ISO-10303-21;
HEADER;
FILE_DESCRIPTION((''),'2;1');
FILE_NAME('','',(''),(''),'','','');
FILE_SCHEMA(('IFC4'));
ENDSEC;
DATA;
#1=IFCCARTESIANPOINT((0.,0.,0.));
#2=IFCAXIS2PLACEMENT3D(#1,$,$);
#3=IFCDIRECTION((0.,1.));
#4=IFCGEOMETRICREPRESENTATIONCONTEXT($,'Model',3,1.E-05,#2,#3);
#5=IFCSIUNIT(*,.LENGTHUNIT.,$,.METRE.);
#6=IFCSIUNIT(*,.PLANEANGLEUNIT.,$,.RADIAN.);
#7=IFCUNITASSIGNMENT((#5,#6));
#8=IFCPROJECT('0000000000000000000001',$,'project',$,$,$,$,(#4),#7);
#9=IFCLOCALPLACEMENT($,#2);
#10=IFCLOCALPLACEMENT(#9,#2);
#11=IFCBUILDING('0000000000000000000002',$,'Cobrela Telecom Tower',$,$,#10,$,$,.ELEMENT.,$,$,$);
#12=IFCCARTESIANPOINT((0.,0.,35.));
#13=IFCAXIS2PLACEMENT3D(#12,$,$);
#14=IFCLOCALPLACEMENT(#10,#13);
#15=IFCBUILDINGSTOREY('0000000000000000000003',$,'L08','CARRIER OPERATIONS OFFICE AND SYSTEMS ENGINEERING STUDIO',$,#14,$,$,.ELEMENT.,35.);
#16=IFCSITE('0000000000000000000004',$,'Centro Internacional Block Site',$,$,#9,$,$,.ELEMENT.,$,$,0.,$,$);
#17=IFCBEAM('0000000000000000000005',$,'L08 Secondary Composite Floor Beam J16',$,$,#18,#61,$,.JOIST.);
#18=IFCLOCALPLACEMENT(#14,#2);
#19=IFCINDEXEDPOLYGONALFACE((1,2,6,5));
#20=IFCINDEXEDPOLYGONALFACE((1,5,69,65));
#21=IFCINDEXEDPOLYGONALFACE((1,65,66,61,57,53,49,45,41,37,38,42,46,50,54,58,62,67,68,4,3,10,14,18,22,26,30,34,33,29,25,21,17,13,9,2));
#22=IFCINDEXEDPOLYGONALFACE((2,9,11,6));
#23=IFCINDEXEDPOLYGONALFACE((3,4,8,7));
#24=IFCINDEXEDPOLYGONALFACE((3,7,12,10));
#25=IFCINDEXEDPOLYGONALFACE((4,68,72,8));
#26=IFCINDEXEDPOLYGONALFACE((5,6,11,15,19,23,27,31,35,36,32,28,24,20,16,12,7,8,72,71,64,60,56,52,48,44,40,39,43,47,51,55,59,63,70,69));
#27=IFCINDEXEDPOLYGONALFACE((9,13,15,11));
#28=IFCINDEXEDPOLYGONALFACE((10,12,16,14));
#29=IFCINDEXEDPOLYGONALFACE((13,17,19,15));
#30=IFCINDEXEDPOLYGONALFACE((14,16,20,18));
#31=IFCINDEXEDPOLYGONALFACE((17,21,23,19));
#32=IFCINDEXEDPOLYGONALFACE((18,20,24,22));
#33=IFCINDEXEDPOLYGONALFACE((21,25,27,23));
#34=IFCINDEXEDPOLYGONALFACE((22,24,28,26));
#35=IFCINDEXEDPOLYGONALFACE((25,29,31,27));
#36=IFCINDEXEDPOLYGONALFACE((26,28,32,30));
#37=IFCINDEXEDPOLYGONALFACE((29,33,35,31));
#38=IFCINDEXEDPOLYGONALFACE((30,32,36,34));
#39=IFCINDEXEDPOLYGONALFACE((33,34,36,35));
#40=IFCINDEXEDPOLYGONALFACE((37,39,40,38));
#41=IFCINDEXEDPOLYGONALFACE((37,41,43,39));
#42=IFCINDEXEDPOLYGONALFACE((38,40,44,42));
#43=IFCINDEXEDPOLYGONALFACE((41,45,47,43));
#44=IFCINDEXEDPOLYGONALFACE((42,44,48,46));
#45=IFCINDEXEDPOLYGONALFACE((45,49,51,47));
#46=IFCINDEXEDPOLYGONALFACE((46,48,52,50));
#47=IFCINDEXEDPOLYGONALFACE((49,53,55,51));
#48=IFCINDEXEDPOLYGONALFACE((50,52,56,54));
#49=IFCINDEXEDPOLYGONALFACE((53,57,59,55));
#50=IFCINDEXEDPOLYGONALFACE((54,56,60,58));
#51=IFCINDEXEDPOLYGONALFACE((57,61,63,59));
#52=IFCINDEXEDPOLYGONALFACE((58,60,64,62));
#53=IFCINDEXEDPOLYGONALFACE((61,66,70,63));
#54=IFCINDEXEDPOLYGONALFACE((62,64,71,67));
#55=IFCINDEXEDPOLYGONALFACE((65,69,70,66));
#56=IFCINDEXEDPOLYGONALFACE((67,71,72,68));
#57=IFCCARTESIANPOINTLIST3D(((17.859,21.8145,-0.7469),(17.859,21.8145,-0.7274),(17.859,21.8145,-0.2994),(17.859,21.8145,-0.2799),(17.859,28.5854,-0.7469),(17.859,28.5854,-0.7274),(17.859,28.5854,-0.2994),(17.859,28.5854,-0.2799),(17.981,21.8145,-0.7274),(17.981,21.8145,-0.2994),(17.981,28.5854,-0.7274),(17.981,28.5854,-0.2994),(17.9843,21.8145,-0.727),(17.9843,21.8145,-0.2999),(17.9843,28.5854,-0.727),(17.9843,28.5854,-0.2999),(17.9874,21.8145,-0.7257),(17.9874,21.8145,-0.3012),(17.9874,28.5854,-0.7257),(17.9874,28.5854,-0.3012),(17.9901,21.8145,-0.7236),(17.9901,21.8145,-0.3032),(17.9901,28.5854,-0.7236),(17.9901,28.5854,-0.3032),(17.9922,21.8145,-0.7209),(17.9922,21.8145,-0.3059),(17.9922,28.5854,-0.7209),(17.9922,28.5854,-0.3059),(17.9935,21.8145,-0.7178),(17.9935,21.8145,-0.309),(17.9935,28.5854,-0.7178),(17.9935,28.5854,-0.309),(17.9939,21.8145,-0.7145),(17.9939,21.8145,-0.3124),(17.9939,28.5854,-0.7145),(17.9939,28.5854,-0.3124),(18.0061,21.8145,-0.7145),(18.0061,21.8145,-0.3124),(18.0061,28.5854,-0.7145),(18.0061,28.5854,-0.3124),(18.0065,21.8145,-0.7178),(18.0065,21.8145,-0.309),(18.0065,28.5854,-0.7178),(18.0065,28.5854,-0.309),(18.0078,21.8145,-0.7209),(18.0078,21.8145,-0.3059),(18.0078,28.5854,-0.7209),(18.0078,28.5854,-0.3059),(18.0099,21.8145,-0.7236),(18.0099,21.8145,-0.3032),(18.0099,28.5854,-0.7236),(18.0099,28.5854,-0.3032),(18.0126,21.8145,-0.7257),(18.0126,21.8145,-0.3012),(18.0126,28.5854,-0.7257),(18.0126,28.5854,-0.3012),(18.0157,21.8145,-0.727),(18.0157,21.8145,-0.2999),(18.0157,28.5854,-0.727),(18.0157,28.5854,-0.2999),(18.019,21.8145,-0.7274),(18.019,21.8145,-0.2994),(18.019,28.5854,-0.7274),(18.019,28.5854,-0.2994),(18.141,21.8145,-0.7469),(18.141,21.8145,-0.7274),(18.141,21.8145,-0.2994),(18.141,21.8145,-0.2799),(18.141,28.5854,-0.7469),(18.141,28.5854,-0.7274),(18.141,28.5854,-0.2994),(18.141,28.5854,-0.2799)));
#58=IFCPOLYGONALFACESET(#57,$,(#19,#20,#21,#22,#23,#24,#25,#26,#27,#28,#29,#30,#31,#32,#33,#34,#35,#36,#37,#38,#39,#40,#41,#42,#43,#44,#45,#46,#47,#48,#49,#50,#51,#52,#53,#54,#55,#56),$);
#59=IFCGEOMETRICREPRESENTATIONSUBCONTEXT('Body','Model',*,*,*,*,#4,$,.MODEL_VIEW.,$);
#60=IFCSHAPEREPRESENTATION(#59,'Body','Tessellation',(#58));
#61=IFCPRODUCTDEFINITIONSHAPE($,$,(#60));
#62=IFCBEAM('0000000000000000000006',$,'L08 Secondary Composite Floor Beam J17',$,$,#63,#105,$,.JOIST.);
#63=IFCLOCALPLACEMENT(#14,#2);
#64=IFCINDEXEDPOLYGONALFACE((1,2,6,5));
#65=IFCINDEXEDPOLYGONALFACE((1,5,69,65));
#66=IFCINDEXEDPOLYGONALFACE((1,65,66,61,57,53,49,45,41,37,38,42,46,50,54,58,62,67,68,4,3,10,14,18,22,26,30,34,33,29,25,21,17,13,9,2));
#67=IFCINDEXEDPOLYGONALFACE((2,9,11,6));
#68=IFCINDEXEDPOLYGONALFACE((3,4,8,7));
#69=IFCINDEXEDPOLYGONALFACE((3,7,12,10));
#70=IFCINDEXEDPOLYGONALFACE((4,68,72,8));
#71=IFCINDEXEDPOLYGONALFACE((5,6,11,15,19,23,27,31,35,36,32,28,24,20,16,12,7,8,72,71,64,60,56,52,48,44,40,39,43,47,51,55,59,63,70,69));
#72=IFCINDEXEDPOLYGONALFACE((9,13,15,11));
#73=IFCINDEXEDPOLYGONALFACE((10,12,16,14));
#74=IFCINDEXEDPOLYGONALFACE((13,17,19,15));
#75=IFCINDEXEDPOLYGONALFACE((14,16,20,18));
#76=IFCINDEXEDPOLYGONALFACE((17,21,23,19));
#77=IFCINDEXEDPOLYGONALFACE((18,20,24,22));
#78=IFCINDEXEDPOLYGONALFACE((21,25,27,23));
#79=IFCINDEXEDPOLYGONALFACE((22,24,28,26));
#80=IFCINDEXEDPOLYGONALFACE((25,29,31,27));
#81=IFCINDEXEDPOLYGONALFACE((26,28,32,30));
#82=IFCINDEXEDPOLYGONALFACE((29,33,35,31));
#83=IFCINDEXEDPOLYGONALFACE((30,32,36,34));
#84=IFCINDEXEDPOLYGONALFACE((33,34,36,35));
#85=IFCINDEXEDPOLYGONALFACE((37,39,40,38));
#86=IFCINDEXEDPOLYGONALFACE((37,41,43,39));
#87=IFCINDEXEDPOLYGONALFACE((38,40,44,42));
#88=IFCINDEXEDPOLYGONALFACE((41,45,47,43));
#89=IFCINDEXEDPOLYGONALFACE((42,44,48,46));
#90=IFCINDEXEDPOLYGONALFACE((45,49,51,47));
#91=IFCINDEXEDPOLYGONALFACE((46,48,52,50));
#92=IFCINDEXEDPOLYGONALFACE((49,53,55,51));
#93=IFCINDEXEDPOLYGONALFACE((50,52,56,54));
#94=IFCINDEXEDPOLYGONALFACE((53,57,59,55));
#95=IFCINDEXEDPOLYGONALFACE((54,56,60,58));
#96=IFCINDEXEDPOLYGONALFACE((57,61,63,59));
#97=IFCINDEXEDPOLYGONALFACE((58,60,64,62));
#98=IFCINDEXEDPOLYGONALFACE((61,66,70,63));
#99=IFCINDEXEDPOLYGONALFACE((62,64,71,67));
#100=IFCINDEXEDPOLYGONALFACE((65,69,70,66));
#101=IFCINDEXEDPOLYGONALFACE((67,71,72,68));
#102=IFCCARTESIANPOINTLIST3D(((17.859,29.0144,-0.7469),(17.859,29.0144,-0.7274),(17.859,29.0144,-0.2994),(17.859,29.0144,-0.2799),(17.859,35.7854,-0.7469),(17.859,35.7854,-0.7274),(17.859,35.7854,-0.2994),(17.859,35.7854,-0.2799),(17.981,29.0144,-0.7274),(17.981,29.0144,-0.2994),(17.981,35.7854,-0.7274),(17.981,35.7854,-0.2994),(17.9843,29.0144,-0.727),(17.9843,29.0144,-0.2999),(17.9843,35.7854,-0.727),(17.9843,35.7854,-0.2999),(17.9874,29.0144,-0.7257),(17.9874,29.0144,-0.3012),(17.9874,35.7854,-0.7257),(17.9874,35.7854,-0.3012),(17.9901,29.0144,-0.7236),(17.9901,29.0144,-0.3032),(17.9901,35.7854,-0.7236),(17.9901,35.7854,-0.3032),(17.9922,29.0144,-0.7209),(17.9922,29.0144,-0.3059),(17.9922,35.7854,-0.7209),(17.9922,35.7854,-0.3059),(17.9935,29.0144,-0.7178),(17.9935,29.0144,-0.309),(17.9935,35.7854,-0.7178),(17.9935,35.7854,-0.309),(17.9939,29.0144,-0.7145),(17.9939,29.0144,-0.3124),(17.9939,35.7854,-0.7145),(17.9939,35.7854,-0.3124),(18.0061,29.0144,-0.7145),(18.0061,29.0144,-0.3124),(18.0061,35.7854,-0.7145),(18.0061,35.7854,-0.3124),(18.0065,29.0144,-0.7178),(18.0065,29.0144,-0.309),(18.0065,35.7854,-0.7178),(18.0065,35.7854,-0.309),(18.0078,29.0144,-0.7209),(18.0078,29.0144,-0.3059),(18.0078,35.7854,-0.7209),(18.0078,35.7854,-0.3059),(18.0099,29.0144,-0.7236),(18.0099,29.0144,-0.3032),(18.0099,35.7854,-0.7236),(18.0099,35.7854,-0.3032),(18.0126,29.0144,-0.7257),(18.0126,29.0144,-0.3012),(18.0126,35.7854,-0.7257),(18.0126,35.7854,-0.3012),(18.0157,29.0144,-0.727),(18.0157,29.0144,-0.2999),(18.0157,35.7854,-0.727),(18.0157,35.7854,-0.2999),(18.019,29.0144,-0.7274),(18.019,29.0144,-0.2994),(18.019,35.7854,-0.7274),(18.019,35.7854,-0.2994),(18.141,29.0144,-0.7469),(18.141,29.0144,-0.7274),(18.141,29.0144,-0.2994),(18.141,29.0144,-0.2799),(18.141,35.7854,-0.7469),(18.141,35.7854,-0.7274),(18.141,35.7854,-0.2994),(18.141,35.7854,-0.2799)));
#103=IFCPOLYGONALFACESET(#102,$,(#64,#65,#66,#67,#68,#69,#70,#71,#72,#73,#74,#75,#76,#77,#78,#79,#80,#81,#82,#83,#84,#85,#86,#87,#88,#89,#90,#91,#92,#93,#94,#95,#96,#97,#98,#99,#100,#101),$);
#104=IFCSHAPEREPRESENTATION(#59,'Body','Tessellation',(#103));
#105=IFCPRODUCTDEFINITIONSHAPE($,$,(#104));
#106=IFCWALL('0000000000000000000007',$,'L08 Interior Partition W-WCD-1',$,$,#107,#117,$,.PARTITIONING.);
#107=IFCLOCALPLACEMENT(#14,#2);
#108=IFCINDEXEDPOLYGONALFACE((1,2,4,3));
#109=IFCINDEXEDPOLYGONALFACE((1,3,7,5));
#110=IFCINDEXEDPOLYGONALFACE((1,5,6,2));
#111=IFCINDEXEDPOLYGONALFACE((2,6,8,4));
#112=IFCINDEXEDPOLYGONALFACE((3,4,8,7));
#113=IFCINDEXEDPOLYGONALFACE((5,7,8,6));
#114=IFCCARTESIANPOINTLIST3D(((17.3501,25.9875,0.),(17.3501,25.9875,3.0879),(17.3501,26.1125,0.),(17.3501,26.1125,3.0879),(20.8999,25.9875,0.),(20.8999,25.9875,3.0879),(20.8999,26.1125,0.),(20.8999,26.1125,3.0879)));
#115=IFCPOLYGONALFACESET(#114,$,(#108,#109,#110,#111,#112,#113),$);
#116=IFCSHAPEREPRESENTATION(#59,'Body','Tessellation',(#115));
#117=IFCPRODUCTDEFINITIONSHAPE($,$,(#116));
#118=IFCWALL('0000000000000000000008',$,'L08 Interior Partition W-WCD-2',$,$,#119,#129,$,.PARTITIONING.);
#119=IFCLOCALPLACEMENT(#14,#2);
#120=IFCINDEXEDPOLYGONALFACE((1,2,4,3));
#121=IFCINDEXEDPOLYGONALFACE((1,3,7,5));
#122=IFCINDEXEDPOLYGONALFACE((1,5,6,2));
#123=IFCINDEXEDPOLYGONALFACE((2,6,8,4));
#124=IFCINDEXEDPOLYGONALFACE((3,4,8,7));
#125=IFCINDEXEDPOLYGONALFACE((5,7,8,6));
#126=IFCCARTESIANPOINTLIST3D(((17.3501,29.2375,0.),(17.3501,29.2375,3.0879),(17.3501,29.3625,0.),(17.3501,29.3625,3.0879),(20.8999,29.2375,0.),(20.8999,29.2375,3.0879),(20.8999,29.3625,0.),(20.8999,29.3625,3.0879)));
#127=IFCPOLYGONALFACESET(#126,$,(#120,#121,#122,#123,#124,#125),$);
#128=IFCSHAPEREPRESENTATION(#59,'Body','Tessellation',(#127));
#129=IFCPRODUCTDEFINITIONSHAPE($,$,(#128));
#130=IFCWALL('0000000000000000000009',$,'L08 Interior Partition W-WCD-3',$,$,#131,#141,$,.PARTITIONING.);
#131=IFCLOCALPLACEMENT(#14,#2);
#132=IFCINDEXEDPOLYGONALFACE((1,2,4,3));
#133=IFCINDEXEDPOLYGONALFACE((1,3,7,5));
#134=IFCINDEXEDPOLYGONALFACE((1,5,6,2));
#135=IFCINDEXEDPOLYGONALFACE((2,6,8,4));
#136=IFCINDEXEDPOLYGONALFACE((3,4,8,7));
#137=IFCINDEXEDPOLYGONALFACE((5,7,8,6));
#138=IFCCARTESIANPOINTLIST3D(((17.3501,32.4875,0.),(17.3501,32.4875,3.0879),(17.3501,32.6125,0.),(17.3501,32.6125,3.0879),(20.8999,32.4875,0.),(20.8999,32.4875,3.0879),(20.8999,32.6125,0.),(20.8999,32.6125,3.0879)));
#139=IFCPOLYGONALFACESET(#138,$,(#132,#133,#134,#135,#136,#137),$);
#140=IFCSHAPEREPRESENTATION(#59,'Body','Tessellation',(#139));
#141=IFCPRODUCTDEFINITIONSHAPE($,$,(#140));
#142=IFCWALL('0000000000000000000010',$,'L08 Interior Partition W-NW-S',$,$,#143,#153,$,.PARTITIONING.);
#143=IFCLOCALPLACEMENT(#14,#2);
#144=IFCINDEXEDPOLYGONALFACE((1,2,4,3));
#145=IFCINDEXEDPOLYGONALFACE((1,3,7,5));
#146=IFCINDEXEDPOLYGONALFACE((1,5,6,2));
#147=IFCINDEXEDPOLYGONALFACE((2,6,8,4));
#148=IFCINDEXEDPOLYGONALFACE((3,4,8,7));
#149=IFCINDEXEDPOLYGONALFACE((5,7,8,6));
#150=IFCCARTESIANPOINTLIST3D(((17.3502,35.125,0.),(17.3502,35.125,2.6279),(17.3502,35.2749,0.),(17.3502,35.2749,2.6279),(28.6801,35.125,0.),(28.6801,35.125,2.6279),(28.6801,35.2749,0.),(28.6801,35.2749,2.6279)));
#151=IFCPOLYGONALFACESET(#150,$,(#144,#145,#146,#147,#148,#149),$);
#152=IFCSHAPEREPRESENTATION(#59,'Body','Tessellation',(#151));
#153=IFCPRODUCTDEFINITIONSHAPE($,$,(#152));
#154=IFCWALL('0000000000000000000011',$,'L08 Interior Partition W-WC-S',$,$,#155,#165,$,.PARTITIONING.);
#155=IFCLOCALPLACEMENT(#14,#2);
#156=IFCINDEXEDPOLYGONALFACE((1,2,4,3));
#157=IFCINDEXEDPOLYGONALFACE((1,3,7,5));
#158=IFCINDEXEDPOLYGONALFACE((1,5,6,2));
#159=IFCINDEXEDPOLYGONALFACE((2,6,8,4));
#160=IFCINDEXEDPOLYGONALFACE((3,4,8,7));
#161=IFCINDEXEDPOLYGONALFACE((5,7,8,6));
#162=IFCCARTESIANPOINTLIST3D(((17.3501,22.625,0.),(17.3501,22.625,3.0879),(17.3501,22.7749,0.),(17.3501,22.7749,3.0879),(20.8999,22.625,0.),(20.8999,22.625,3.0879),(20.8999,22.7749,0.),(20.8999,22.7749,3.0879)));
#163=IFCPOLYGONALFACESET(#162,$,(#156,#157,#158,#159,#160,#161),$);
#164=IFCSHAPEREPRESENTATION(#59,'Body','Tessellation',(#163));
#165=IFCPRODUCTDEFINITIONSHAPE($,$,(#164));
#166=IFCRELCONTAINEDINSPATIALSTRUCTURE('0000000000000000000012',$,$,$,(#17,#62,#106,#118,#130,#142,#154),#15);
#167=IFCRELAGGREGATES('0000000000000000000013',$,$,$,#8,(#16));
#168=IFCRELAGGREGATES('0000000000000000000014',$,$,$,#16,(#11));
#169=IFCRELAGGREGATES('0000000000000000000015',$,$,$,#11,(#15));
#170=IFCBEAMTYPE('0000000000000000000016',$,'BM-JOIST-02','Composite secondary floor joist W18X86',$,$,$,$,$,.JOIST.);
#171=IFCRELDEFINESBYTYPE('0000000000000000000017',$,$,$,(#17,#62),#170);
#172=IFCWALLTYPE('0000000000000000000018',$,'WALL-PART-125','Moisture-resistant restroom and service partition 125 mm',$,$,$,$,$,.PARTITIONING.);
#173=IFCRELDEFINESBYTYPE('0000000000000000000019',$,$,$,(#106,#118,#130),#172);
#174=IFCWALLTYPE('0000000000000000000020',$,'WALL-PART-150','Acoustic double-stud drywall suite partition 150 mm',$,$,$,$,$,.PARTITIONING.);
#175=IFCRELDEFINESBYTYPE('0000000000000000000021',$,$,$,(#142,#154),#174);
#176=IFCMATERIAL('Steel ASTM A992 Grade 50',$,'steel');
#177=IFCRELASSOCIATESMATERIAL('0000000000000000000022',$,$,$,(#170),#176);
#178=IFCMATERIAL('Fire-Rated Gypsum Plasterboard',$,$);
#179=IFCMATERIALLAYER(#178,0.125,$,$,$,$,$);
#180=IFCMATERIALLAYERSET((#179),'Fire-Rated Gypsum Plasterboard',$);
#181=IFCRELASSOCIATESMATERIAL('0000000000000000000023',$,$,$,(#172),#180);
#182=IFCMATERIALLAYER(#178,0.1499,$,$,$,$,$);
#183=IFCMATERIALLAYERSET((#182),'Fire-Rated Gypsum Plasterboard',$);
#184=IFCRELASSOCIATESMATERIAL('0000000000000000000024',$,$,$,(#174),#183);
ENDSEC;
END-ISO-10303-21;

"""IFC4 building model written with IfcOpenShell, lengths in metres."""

from ifc_helpers import new_model, si_unit, direction, frame, frame_2d, origin, origin_2d, place, context, subcontext, project, spatial, rectangle, i_section, extrude, material, layer, layer_set, material_profile, profile_set, type_object, element, save


model = new_model("IFC4")

# Units and contexts
model_context = context("Model", 3, precision=1e-05, world=origin(), true_north=direction((0.0, 1.0)))
body_context = subcontext(model_context, "Body", "Model", "MODEL_VIEW")
ifc_project = project(units=[si_unit("LENGTHUNIT", "METRE"), si_unit("PLANEANGLEUNIT", "RADIAN")], contexts=[model_context])

# Site, building, storey
site_placement = place(None, origin())
site = spatial("IfcSite", under=ifc_project, at=site_placement, Name="Centro Internacional Block Site", CompositionType="ELEMENT", RefElevation=0.0)
building_placement = place(site_placement, origin())
building = spatial("IfcBuilding", under=site, at=building_placement, Name="Cobrela Telecom Tower", CompositionType="ELEMENT")
storey_placement = place(building_placement, frame((0.0, 0.0, 35.0)))
storey = spatial("IfcBuildingStorey", under=building, at=storey_placement, Name="L08", Description="CARRIER OPERATIONS OFFICE AND SYSTEMS ENGINEERING STUDIO", CompositionType="ELEMENT", Elevation=35.0)

# Beams
ifc_material_1 = material(Name="Steel ASTM A992 Grade 50", Category="steel")
ifc_material_profile_1 = material_profile(ifc_material_1, i_section(OverallWidth=0.282, OverallDepth=0.467, WebThickness=0.0122, FlangeThickness=0.0195, FilletRadius=0.0129, at=origin_2d()), Name="W18X86")
ifc_profile_set_1 = profile_set([ifc_material_profile_1], Name="Steel ASTM A992 Grade 50")
beam_type_1 = type_object("IfcBeamType", Name="BM-JOIST-02", Description="Composite secondary floor joist W18X86", PredefinedType="JOIST", material=ifc_profile_set_1)
for number, where, z_axis, x_axis, name in (
    (1, (18.0, 21.8145, -0.5134), (0.0, 1.0, 0.0), (-1.0, 0.0, 0.0), "L08 Secondary Composite Floor Beam J16"),
    (2, (18.0, 29.0144, -0.5134), (0.0, 1.0, 0.0), (-1.0, 0.0, 0.0), "L08 Secondary Composite Floor Beam J17"),
):
    element("IfcBeam", number, at=place(storey_placement, frame(where, z_axis=z_axis, x_axis=x_axis)), inside=storey, type_object=beam_type_1, Name=name, PredefinedType="JOIST", context=body_context, shape_type="SweptSolid", body=[
        extrude(i_section(OverallWidth=0.282, OverallDepth=0.467, WebThickness=0.0122, FlangeThickness=0.0195, FilletRadius=0.0129, at=origin_2d()), origin(), (0.0, 0.0, 1.0), 6.771),
    ])

# Walls
ifc_material_2 = material(Name="Fire-Rated Gypsum Plasterboard")
ifc_layer_1 = layer(ifc_material_2, 0.125)
ifc_layer_set_1 = layer_set([ifc_layer_1], Name="Fire-Rated Gypsum Plasterboard")
wall_type_1 = type_object("IfcWallType", Name="WALL-PART-125", Description="Moisture-resistant restroom and service partition 125 mm", PredefinedType="PARTITIONING", material=ifc_layer_set_1)
for number, where, z_axis, x_axis, name in (
    (3, (17.3501, 26.05, 0.0), (0.0, 0.0, 1.0), (1.0, 0.0, 0.0), "L08 Interior Partition W-WCD-1"),
    (4, (17.3501, 29.3, 0.0), (0.0, 0.0, 1.0), (1.0, 0.0, 0.0), "L08 Interior Partition W-WCD-2"),
    (5, (17.3501, 32.55, 0.0), (0.0, 0.0, 1.0), (1.0, 0.0, 0.0), "L08 Interior Partition W-WCD-3"),
):
    element("IfcWall", number, at=place(storey_placement, frame(where, z_axis=z_axis, x_axis=x_axis)), inside=storey, type_object=wall_type_1, Name=name, PredefinedType="PARTITIONING", context=body_context, shape_type="SweptSolid", body=[
        extrude(rectangle(XDim=3.5498, YDim=0.125, at=frame_2d((1.7749, 0.0))), origin(), (0.0, 0.0, 1.0), 3.0879),
    ])

# Shared definitions
ifc_layer_2 = layer(ifc_material_2, 0.1499)
ifc_layer_set_2 = layer_set([ifc_layer_2], Name="Fire-Rated Gypsum Plasterboard")
wall_type_2 = type_object("IfcWallType", Name="WALL-PART-150", Description="Acoustic double-stud drywall suite partition 150 mm", PredefinedType="PARTITIONING", material=ifc_layer_set_2)

# Walls
wall_1_placement = place(storey_placement, frame((17.3501, 35.2, 0.0), z_axis=(0.0, 0.0, 1.0), x_axis=(1.0, 0.0, 0.0)))
element("IfcWall", 6, at=wall_1_placement, inside=storey, type_object=wall_type_2, Name="L08 Interior Partition W-NW-S", PredefinedType="PARTITIONING", context=body_context, shape_type="SweptSolid", body=[
    extrude(rectangle(XDim=11.3298, YDim=0.1499, at=frame_2d((5.665, 0.0))), origin(), (0.0, 0.0, 1.0), 2.6279),
])
wall_2_placement = place(storey_placement, frame((17.3501, 22.7, 0.0), z_axis=(0.0, 0.0, 1.0), x_axis=(1.0, 0.0, 0.0)))
element("IfcWall", 7, at=wall_2_placement, inside=storey, type_object=wall_type_2, Name="L08 Interior Partition W-WC-S", PredefinedType="PARTITIONING", context=body_context, shape_type="SweptSolid", body=[
    extrude(rectangle(XDim=3.5498, YDim=0.1499, at=frame_2d((1.7749, 0.0))), origin(), (0.0, 0.0, 1.0), 3.0879),
])

save(model, "model.ifc")
